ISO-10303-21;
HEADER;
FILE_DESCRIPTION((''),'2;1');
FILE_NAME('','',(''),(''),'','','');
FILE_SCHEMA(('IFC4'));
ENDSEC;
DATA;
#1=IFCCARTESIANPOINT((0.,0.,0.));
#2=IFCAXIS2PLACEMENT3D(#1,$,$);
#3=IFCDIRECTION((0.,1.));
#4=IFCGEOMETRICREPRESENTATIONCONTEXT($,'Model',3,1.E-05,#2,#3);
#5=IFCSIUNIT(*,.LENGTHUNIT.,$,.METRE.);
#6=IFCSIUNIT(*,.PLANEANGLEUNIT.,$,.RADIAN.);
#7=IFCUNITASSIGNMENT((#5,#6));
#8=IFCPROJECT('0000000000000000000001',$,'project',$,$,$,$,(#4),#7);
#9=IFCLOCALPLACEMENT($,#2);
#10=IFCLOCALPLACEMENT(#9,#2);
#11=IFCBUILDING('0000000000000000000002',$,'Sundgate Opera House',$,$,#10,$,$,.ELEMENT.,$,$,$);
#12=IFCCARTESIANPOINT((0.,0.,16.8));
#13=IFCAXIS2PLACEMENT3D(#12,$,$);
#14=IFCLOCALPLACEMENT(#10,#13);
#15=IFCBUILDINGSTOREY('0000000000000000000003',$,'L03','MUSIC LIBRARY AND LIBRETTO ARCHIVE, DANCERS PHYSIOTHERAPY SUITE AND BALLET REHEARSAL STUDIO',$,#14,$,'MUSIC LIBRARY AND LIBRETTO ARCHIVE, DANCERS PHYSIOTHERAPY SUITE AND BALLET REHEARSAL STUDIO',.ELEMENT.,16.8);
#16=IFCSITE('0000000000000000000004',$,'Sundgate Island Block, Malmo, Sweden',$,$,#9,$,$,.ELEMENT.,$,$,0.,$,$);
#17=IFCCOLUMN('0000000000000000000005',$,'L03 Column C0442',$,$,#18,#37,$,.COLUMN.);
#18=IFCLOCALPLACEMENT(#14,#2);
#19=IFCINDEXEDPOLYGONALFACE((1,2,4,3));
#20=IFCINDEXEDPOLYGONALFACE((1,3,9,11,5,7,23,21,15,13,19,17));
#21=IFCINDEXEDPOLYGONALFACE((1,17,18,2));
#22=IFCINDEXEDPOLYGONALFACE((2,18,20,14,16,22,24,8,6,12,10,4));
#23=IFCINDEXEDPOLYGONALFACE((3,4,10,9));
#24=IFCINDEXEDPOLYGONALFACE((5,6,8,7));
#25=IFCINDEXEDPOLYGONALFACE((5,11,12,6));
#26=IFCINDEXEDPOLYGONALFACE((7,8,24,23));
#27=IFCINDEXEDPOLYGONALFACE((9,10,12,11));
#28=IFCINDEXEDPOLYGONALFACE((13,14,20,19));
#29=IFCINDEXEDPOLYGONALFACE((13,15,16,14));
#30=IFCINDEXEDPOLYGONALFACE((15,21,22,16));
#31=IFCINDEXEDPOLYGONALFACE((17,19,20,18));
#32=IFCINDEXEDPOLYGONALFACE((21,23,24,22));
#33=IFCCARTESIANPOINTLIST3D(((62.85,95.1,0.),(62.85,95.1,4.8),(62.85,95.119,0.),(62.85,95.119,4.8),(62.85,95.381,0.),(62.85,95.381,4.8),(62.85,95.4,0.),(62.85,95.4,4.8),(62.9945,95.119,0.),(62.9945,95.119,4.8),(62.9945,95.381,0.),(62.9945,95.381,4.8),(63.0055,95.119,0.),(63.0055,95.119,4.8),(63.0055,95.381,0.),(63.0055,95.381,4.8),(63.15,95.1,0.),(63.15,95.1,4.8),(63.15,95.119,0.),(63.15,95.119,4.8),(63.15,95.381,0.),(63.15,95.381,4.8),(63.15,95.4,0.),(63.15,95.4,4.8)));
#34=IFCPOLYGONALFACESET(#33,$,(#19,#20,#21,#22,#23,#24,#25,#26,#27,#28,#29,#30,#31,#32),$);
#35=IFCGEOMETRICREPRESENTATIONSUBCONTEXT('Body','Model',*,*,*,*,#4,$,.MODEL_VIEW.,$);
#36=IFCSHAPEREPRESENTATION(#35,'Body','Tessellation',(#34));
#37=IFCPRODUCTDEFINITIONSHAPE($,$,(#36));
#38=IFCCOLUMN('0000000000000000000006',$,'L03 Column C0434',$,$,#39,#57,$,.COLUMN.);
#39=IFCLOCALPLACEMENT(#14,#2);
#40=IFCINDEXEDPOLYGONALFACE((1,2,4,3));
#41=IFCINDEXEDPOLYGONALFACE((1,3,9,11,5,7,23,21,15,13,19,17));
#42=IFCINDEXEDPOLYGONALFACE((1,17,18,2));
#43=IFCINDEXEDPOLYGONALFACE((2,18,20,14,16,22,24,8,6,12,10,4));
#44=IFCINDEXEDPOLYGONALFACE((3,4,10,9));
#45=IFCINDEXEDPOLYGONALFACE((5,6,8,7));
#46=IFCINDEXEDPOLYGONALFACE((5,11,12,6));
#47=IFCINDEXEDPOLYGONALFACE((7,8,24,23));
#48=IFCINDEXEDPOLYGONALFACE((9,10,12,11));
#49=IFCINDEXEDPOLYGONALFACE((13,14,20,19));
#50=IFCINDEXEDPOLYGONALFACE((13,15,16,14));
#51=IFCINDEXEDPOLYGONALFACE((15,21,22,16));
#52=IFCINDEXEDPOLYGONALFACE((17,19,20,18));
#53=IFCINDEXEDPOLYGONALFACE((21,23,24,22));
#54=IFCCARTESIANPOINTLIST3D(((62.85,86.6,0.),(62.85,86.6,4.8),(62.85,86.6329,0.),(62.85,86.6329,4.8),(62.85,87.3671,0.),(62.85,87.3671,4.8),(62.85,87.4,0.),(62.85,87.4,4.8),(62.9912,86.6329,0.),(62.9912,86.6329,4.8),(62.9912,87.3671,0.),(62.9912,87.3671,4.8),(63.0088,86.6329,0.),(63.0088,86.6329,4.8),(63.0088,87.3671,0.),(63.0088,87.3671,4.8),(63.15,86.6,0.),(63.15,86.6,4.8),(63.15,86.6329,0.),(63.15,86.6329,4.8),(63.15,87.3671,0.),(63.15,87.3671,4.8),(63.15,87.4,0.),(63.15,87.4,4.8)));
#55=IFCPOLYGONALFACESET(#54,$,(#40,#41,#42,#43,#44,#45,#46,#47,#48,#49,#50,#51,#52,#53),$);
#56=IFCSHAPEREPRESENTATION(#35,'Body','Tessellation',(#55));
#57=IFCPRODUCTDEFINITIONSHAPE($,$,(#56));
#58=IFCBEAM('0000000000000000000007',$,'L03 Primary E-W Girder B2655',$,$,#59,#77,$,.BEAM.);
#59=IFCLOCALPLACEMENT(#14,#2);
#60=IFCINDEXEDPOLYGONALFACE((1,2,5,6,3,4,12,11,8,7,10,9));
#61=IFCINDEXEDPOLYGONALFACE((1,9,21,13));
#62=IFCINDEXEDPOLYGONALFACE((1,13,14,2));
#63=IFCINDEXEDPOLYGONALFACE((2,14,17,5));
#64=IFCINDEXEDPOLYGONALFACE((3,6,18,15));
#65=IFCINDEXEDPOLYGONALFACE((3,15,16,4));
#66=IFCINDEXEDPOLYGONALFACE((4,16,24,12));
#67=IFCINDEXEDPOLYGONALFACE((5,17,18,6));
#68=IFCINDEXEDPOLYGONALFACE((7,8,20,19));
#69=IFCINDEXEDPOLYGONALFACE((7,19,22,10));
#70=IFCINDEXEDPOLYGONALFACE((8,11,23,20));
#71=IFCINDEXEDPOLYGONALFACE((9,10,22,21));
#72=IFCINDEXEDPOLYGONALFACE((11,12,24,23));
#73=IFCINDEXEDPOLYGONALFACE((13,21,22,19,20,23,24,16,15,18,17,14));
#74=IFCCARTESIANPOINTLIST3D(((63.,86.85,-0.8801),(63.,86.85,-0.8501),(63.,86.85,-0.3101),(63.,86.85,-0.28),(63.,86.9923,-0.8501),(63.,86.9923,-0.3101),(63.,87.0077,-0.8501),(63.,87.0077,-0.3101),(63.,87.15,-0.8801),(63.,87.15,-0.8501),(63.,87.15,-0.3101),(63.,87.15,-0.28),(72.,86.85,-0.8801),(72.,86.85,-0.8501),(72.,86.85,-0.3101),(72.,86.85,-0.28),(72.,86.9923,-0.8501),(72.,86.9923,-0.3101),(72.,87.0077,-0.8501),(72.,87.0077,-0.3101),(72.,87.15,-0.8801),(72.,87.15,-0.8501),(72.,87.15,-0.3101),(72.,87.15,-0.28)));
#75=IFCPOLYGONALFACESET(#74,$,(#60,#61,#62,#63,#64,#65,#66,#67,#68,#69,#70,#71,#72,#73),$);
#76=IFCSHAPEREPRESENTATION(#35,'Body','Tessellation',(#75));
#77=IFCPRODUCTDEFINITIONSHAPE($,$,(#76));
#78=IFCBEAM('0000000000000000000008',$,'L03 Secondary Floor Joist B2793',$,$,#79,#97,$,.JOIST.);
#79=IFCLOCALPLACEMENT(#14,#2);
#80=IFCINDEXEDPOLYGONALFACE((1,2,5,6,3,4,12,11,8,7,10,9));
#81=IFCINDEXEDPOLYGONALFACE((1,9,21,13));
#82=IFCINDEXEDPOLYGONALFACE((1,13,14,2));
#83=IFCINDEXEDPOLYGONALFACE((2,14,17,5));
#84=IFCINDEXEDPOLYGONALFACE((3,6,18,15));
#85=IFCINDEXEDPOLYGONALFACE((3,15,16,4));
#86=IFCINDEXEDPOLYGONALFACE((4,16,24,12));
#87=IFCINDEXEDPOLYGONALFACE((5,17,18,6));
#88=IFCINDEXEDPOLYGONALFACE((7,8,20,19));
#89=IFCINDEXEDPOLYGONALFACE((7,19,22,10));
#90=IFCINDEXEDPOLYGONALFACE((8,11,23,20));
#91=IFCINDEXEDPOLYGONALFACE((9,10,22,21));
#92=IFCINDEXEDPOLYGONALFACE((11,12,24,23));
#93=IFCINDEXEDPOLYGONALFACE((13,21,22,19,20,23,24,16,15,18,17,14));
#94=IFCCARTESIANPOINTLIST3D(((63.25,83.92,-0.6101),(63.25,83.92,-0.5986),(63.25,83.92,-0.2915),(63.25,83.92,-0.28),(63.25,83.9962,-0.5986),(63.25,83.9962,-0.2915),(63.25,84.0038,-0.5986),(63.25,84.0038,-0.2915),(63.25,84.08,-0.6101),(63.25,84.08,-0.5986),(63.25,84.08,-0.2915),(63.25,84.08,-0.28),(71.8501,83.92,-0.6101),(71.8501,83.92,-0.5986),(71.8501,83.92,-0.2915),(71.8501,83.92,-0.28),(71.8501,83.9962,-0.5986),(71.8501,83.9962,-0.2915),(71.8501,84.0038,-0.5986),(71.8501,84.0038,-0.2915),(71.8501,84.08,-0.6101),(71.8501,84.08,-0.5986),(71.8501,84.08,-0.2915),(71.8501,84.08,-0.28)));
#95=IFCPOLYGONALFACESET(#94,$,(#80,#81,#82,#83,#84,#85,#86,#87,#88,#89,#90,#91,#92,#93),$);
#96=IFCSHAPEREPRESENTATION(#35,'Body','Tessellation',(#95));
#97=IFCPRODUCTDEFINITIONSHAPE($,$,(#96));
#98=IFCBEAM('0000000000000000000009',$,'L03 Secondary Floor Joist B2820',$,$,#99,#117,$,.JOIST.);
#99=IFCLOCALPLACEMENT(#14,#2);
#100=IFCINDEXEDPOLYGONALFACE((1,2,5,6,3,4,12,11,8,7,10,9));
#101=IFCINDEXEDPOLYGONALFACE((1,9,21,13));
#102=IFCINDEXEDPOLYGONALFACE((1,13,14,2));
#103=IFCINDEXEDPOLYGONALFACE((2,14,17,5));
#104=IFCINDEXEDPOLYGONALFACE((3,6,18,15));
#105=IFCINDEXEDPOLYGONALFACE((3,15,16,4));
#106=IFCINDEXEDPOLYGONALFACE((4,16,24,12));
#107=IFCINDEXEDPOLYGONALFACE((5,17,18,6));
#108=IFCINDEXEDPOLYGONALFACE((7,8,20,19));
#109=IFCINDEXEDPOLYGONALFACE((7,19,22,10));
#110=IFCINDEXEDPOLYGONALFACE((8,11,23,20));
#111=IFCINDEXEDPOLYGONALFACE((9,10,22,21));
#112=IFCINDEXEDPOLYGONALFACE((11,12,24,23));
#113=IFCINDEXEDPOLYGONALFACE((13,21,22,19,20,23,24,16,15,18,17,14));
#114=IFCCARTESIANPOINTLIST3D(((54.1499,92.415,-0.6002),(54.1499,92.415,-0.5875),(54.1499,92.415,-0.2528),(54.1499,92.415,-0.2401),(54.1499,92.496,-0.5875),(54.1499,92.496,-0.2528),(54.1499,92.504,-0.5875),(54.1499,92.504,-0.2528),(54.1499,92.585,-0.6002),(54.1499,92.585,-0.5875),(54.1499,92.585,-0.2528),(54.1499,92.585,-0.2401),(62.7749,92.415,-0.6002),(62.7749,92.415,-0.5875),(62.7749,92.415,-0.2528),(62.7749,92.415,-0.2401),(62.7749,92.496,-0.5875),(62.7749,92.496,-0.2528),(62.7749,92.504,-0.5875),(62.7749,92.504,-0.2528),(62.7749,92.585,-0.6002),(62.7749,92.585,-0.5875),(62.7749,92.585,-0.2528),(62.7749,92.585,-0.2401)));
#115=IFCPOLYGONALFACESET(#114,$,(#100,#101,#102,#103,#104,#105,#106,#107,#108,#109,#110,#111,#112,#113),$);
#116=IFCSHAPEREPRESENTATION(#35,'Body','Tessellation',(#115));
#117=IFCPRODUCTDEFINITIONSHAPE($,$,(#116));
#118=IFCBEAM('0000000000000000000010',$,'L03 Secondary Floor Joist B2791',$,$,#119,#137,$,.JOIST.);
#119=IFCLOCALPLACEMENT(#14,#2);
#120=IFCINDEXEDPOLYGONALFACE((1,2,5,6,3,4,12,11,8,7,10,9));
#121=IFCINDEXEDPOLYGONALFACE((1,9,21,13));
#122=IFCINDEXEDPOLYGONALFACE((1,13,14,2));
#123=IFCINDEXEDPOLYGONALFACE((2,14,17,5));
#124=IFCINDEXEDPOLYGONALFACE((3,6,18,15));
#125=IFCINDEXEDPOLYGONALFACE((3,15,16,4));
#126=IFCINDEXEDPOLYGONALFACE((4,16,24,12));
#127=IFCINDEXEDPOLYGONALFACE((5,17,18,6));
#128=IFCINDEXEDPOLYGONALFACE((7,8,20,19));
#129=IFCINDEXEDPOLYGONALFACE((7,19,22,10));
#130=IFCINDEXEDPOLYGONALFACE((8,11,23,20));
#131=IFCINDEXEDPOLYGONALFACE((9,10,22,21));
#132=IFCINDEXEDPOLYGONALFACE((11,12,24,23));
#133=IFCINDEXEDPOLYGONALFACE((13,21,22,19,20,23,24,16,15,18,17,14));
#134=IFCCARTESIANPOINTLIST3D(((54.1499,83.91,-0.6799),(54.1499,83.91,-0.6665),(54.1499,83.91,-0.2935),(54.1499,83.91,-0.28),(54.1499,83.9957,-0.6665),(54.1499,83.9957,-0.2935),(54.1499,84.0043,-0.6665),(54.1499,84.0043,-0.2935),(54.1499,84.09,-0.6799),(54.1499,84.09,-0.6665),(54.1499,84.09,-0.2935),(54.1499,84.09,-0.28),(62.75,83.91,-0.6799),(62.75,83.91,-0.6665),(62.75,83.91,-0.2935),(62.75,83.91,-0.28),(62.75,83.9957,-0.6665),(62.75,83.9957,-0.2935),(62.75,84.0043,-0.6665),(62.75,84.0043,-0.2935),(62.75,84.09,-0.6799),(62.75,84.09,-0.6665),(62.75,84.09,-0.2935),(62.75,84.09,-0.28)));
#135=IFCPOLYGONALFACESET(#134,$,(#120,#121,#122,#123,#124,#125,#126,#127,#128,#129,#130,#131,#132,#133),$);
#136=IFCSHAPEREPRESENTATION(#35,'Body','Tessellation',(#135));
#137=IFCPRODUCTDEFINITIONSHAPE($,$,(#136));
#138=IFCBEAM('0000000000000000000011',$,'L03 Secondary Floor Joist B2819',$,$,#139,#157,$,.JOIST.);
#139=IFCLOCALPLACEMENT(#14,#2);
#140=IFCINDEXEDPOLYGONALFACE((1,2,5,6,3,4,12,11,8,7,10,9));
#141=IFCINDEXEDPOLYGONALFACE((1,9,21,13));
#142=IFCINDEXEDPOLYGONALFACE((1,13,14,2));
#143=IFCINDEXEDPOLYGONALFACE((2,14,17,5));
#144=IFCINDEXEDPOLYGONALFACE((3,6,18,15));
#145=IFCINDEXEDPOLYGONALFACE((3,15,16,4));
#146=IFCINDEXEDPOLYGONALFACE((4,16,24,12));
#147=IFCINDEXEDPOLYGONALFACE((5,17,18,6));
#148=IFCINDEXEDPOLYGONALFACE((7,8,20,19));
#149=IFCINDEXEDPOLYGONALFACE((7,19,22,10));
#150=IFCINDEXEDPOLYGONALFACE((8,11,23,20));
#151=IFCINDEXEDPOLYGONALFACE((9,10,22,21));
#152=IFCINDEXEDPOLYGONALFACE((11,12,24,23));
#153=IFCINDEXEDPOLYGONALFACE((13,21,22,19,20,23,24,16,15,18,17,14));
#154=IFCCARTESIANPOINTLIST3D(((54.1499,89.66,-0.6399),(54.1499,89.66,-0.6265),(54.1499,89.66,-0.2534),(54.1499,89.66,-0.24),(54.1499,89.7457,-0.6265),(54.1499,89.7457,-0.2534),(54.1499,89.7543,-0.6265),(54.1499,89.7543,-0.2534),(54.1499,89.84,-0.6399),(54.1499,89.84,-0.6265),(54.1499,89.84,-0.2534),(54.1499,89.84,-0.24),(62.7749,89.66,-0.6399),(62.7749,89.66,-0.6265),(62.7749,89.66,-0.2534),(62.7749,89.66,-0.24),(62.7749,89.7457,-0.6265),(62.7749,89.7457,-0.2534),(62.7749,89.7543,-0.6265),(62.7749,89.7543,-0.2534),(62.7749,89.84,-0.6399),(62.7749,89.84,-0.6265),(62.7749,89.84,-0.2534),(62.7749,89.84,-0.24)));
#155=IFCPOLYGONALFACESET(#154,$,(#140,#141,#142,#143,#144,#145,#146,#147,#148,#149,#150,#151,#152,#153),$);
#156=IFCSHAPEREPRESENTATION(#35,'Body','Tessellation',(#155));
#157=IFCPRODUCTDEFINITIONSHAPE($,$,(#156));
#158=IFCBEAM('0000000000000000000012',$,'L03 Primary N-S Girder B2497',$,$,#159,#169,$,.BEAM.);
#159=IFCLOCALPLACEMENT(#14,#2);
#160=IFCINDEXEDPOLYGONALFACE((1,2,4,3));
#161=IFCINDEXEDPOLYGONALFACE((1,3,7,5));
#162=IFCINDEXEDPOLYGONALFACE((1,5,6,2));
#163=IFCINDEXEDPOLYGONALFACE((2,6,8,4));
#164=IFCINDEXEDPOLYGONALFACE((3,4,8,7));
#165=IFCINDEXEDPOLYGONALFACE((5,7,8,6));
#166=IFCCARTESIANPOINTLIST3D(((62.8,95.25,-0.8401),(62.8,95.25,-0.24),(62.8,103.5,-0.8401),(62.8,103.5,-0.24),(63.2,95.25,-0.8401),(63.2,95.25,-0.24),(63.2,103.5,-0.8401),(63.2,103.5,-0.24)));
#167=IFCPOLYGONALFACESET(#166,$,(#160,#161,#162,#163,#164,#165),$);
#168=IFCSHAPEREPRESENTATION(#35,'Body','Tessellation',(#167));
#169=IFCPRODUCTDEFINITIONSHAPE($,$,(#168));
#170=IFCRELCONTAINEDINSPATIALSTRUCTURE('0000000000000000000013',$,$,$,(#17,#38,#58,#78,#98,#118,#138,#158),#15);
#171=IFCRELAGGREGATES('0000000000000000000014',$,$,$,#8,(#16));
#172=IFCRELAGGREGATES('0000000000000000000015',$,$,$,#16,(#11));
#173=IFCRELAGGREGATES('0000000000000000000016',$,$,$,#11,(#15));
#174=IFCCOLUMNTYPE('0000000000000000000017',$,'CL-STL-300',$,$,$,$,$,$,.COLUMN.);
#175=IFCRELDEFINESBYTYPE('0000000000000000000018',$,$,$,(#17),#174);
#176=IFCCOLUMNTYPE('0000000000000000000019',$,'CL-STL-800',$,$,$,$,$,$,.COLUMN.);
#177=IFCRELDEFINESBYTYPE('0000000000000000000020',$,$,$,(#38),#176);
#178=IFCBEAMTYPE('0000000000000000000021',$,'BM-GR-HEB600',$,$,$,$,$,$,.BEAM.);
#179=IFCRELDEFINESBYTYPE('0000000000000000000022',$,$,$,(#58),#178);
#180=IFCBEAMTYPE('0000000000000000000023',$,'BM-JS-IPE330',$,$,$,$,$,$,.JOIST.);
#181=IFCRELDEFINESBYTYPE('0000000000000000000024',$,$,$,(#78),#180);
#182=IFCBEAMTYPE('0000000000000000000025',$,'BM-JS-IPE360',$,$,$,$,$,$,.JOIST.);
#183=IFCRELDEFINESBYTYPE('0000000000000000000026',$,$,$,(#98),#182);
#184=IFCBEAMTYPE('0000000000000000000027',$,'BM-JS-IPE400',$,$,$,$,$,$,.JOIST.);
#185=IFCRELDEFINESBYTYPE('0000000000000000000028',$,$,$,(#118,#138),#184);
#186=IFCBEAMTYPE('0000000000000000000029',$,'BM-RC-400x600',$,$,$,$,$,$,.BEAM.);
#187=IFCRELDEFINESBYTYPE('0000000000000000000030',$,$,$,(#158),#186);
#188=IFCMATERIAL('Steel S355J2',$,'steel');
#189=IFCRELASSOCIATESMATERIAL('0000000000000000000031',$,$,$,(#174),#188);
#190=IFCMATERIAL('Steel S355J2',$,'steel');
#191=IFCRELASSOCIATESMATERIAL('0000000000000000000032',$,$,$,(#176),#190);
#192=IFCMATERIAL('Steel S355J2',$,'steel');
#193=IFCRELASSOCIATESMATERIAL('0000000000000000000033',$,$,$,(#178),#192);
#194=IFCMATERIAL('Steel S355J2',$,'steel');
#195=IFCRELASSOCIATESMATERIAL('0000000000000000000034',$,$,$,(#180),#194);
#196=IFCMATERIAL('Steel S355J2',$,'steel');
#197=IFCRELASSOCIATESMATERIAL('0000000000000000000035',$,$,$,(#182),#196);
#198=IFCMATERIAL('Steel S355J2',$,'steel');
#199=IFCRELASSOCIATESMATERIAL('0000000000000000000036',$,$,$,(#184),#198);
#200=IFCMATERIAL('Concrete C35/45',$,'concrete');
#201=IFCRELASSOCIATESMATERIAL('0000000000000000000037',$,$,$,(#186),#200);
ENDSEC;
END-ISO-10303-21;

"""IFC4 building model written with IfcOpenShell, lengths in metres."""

from ifc_helpers import new_model, si_unit, direction, frame, origin, origin_2d, place, context, subcontext, project, spatial, rectangle, i_section, extrude, material, material_profile, profile_set, type_object, element, save


model = new_model("IFC4")

# Units and contexts
model_context = context("Model", 3, precision=1e-05, world=origin(), true_north=direction((0.0, 1.0)))
body_context = subcontext(model_context, "Body", "Model", "MODEL_VIEW")
ifc_project = project(units=[si_unit("LENGTHUNIT", "METRE"), si_unit("PLANEANGLEUNIT", "RADIAN")], contexts=[model_context])

# Site, building, storey
site_placement = place(None, origin())
site = spatial("IfcSite", under=ifc_project, at=site_placement, Name="Sundgate Island Block, Malmo, Sweden", CompositionType="ELEMENT", RefElevation=0.0)
building_placement = place(site_placement, origin())
building = spatial("IfcBuilding", under=site, at=building_placement, Name="Sundgate Opera House", CompositionType="ELEMENT")
storey_placement = place(building_placement, frame((0.0, 0.0, 16.8)))
storey = spatial("IfcBuildingStorey", under=building, at=storey_placement, Name="L03", Description="MUSIC LIBRARY AND LIBRETTO ARCHIVE, DANCERS PHYSIOTHERAPY SUITE AND BALLET REHEARSAL STUDIO", LongName="MUSIC LIBRARY AND LIBRETTO ARCHIVE, DANCERS PHYSIOTHERAPY SUITE AND BALLET REHEARSAL STUDIO", CompositionType="ELEMENT", Elevation=16.8)

# Columns
ifc_material_1 = material(Name="Steel S355J2", Category="steel")
ifc_material_profile_1 = material_profile(ifc_material_1, i_section(OverallWidth=0.3, OverallDepth=0.3, WebThickness=0.011, FlangeThickness=0.019, at=origin_2d()), Name="HEB 300")
ifc_profile_set_1 = profile_set([ifc_material_profile_1], Name="Steel S355J2")
column_type_1 = type_object("IfcColumnType", Name="CL-STL-300", PredefinedType="COLUMN", material=ifc_profile_set_1)
column_1_placement = place(storey_placement, frame((63.0, 95.25, 0.0), z_axis=(0.0, 0.0, 1.0), x_axis=(1.0, 0.0, 0.0)))
element("IfcColumn", 1, at=column_1_placement, inside=storey, type_object=column_type_1, Name="L03 Column C0442", PredefinedType="COLUMN", context=body_context, shape_type="SweptSolid", body=[
    extrude(i_section(OverallWidth=0.3, OverallDepth=0.3, WebThickness=0.011, FlangeThickness=0.019, at=origin_2d()), origin(), (0.0, 0.0, 1.0), 4.8),
])
ifc_material_2 = material(Name="Steel S355J2", Category="steel")
ifc_material_profile_2 = material_profile(ifc_material_2, i_section(OverallWidth=0.3, OverallDepth=0.8, WebThickness=0.0176, FlangeThickness=0.033, at=origin_2d()), Name="HEB 800")
ifc_profile_set_2 = profile_set([ifc_material_profile_2], Name="Steel S355J2")
column_type_2 = type_object("IfcColumnType", Name="CL-STL-800", PredefinedType="COLUMN", material=ifc_profile_set_2)
column_2_placement = place(storey_placement, frame((63.0, 87.0, 0.0), z_axis=(0.0, 0.0, 1.0), x_axis=(1.0, 0.0, 0.0)))
element("IfcColumn", 2, at=column_2_placement, inside=storey, type_object=column_type_2, Name="L03 Column C0434", PredefinedType="COLUMN", context=body_context, shape_type="SweptSolid", body=[
    extrude(i_section(OverallWidth=0.3, OverallDepth=0.8, WebThickness=0.0176, FlangeThickness=0.033, at=origin_2d()), origin(), (0.0, 0.0, 1.0), 4.8),
])

# Beams
ifc_material_3 = material(Name="Steel S355J2", Category="steel")
ifc_material_profile_3 = material_profile(ifc_material_3, i_section(OverallWidth=0.3, OverallDepth=0.6001, WebThickness=0.0154, FlangeThickness=0.03, at=origin_2d()), Name="HEB 600")
ifc_profile_set_3 = profile_set([ifc_material_profile_3], Name="Steel S355J2")
beam_type_1 = type_object("IfcBeamType", Name="BM-GR-HEB600", PredefinedType="BEAM", material=ifc_profile_set_3)
beam_1_placement = place(storey_placement, frame((63.0, 87.0, -0.5801), z_axis=(1.0, 0.0, 0.0), x_axis=(0.0, 1.0, 0.0)))
element("IfcBeam", 3, at=beam_1_placement, inside=storey, type_object=beam_type_1, Name="L03 Primary E-W Girder B2655", PredefinedType="BEAM", context=body_context, shape_type="SweptSolid", body=[
    extrude(i_section(OverallWidth=0.3, OverallDepth=0.6001, WebThickness=0.0154, FlangeThickness=0.03, at=origin_2d()), origin(), (0.0, 0.0, 1.0), 9.0),
])
ifc_material_4 = material(Name="Steel S355J2", Category="steel")
ifc_material_profile_4 = material_profile(ifc_material_4, i_section(OverallWidth=0.1599, OverallDepth=0.3301, WebThickness=0.0076, FlangeThickness=0.0115, at=origin_2d()), Name="IPE 330")
ifc_profile_set_4 = profile_set([ifc_material_profile_4], Name="Steel S355J2")
beam_type_2 = type_object("IfcBeamType", Name="BM-JS-IPE330", PredefinedType="JOIST", material=ifc_profile_set_4)
beam_2_placement = place(storey_placement, frame((63.25, 84.0, -0.4451), z_axis=(1.0, 0.0, 0.0), x_axis=(0.0, 1.0, 0.0)))
element("IfcBeam", 4, at=beam_2_placement, inside=storey, type_object=beam_type_2, Name="L03 Secondary Floor Joist B2793", PredefinedType="JOIST", context=body_context, shape_type="SweptSolid", body=[
    extrude(i_section(OverallWidth=0.1599, OverallDepth=0.3301, WebThickness=0.0076, FlangeThickness=0.0115, at=origin_2d()), origin(), (0.0, 0.0, 1.0), 8.6001),
])
ifc_material_5 = material(Name="Steel S355J2", Category="steel")
ifc_material_profile_5 = material_profile(ifc_material_5, i_section(OverallWidth=0.1699, OverallDepth=0.3601, WebThickness=0.0081, FlangeThickness=0.0127, at=origin_2d()), Name="IPE 360")
ifc_profile_set_5 = profile_set([ifc_material_profile_5], Name="Steel S355J2")
beam_type_3 = type_object("IfcBeamType", Name="BM-JS-IPE360", PredefinedType="JOIST", material=ifc_profile_set_5)
beam_3_placement = place(storey_placement, frame((54.1499, 92.5, -0.4202), z_axis=(1.0, 0.0, 0.0), x_axis=(0.0, 1.0, 0.0)))
element("IfcBeam", 5, at=beam_3_placement, inside=storey, type_object=beam_type_3, Name="L03 Secondary Floor Joist B2820", PredefinedType="JOIST", context=body_context, shape_type="SweptSolid", body=[
    extrude(i_section(OverallWidth=0.1699, OverallDepth=0.3601, WebThickness=0.0081, FlangeThickness=0.0127, at=origin_2d()), origin(), (0.0, 0.0, 1.0), 8.625),
])
ifc_material_6 = material(Name="Steel S355J2", Category="steel")
ifc_material_profile_6 = material_profile(ifc_material_6, i_section(OverallWidth=0.1799, OverallDepth=0.3999, WebThickness=0.0085, FlangeThickness=0.0134, at=origin_2d()), Name="IPE 400")
ifc_profile_set_6 = profile_set([ifc_material_profile_6], Name="Steel S355J2")
beam_type_4 = type_object("IfcBeamType", Name="BM-JS-IPE400", PredefinedType="JOIST", material=ifc_profile_set_6)
beam_4_placement = place(storey_placement, frame((54.1499, 84.0, -0.48), z_axis=(1.0, 0.0, 0.0), x_axis=(0.0, 1.0, 0.0)))
element("IfcBeam", 6, at=beam_4_placement, inside=storey, type_object=beam_type_4, Name="L03 Secondary Floor Joist B2791", PredefinedType="JOIST", context=body_context, shape_type="SweptSolid", body=[
    extrude(i_section(OverallWidth=0.1799, OverallDepth=0.3999, WebThickness=0.0085, FlangeThickness=0.0134, at=origin_2d()), origin(), (0.0, 0.0, 1.0), 8.6001),
])
beam_5_placement = place(storey_placement, frame((54.1499, 89.75, -0.4399), z_axis=(1.0, 0.0, 0.0), x_axis=(0.0, 1.0, 0.0)))
element("IfcBeam", 7, at=beam_5_placement, inside=storey, type_object=beam_type_4, Name="L03 Secondary Floor Joist B2819", PredefinedType="JOIST", context=body_context, shape_type="SweptSolid", body=[
    extrude(i_section(OverallWidth=0.1799, OverallDepth=0.3999, WebThickness=0.0085, FlangeThickness=0.0134, at=origin_2d()), origin(), (0.0, 0.0, 1.0), 8.625),
])
ifc_material_7 = material(Name="Concrete C35/45", Category="concrete")
ifc_material_profile_7 = material_profile(ifc_material_7, rectangle(XDim=0.3999, YDim=0.6001, at=origin_2d()), Name="RC 400x600")
ifc_profile_set_7 = profile_set([ifc_material_profile_7], Name="Concrete C35/45")
beam_type_5 = type_object("IfcBeamType", Name="BM-RC-400x600", PredefinedType="BEAM", material=ifc_profile_set_7)
beam_6_placement = place(storey_placement, frame((63.0, 95.25, -0.54), z_axis=(0.0, 1.0, 0.0), x_axis=(-1.0, 0.0, 0.0)))
element("IfcBeam", 8, at=beam_6_placement, inside=storey, type_object=beam_type_5, Name="L03 Primary N-S Girder B2497", PredefinedType="BEAM", context=body_context, shape_type="SweptSolid", body=[
    extrude(rectangle(XDim=0.3999, YDim=0.6001, at=origin_2d()), origin(), (0.0, 0.0, 1.0), 8.25),
])

save(model, "model.ifc")
